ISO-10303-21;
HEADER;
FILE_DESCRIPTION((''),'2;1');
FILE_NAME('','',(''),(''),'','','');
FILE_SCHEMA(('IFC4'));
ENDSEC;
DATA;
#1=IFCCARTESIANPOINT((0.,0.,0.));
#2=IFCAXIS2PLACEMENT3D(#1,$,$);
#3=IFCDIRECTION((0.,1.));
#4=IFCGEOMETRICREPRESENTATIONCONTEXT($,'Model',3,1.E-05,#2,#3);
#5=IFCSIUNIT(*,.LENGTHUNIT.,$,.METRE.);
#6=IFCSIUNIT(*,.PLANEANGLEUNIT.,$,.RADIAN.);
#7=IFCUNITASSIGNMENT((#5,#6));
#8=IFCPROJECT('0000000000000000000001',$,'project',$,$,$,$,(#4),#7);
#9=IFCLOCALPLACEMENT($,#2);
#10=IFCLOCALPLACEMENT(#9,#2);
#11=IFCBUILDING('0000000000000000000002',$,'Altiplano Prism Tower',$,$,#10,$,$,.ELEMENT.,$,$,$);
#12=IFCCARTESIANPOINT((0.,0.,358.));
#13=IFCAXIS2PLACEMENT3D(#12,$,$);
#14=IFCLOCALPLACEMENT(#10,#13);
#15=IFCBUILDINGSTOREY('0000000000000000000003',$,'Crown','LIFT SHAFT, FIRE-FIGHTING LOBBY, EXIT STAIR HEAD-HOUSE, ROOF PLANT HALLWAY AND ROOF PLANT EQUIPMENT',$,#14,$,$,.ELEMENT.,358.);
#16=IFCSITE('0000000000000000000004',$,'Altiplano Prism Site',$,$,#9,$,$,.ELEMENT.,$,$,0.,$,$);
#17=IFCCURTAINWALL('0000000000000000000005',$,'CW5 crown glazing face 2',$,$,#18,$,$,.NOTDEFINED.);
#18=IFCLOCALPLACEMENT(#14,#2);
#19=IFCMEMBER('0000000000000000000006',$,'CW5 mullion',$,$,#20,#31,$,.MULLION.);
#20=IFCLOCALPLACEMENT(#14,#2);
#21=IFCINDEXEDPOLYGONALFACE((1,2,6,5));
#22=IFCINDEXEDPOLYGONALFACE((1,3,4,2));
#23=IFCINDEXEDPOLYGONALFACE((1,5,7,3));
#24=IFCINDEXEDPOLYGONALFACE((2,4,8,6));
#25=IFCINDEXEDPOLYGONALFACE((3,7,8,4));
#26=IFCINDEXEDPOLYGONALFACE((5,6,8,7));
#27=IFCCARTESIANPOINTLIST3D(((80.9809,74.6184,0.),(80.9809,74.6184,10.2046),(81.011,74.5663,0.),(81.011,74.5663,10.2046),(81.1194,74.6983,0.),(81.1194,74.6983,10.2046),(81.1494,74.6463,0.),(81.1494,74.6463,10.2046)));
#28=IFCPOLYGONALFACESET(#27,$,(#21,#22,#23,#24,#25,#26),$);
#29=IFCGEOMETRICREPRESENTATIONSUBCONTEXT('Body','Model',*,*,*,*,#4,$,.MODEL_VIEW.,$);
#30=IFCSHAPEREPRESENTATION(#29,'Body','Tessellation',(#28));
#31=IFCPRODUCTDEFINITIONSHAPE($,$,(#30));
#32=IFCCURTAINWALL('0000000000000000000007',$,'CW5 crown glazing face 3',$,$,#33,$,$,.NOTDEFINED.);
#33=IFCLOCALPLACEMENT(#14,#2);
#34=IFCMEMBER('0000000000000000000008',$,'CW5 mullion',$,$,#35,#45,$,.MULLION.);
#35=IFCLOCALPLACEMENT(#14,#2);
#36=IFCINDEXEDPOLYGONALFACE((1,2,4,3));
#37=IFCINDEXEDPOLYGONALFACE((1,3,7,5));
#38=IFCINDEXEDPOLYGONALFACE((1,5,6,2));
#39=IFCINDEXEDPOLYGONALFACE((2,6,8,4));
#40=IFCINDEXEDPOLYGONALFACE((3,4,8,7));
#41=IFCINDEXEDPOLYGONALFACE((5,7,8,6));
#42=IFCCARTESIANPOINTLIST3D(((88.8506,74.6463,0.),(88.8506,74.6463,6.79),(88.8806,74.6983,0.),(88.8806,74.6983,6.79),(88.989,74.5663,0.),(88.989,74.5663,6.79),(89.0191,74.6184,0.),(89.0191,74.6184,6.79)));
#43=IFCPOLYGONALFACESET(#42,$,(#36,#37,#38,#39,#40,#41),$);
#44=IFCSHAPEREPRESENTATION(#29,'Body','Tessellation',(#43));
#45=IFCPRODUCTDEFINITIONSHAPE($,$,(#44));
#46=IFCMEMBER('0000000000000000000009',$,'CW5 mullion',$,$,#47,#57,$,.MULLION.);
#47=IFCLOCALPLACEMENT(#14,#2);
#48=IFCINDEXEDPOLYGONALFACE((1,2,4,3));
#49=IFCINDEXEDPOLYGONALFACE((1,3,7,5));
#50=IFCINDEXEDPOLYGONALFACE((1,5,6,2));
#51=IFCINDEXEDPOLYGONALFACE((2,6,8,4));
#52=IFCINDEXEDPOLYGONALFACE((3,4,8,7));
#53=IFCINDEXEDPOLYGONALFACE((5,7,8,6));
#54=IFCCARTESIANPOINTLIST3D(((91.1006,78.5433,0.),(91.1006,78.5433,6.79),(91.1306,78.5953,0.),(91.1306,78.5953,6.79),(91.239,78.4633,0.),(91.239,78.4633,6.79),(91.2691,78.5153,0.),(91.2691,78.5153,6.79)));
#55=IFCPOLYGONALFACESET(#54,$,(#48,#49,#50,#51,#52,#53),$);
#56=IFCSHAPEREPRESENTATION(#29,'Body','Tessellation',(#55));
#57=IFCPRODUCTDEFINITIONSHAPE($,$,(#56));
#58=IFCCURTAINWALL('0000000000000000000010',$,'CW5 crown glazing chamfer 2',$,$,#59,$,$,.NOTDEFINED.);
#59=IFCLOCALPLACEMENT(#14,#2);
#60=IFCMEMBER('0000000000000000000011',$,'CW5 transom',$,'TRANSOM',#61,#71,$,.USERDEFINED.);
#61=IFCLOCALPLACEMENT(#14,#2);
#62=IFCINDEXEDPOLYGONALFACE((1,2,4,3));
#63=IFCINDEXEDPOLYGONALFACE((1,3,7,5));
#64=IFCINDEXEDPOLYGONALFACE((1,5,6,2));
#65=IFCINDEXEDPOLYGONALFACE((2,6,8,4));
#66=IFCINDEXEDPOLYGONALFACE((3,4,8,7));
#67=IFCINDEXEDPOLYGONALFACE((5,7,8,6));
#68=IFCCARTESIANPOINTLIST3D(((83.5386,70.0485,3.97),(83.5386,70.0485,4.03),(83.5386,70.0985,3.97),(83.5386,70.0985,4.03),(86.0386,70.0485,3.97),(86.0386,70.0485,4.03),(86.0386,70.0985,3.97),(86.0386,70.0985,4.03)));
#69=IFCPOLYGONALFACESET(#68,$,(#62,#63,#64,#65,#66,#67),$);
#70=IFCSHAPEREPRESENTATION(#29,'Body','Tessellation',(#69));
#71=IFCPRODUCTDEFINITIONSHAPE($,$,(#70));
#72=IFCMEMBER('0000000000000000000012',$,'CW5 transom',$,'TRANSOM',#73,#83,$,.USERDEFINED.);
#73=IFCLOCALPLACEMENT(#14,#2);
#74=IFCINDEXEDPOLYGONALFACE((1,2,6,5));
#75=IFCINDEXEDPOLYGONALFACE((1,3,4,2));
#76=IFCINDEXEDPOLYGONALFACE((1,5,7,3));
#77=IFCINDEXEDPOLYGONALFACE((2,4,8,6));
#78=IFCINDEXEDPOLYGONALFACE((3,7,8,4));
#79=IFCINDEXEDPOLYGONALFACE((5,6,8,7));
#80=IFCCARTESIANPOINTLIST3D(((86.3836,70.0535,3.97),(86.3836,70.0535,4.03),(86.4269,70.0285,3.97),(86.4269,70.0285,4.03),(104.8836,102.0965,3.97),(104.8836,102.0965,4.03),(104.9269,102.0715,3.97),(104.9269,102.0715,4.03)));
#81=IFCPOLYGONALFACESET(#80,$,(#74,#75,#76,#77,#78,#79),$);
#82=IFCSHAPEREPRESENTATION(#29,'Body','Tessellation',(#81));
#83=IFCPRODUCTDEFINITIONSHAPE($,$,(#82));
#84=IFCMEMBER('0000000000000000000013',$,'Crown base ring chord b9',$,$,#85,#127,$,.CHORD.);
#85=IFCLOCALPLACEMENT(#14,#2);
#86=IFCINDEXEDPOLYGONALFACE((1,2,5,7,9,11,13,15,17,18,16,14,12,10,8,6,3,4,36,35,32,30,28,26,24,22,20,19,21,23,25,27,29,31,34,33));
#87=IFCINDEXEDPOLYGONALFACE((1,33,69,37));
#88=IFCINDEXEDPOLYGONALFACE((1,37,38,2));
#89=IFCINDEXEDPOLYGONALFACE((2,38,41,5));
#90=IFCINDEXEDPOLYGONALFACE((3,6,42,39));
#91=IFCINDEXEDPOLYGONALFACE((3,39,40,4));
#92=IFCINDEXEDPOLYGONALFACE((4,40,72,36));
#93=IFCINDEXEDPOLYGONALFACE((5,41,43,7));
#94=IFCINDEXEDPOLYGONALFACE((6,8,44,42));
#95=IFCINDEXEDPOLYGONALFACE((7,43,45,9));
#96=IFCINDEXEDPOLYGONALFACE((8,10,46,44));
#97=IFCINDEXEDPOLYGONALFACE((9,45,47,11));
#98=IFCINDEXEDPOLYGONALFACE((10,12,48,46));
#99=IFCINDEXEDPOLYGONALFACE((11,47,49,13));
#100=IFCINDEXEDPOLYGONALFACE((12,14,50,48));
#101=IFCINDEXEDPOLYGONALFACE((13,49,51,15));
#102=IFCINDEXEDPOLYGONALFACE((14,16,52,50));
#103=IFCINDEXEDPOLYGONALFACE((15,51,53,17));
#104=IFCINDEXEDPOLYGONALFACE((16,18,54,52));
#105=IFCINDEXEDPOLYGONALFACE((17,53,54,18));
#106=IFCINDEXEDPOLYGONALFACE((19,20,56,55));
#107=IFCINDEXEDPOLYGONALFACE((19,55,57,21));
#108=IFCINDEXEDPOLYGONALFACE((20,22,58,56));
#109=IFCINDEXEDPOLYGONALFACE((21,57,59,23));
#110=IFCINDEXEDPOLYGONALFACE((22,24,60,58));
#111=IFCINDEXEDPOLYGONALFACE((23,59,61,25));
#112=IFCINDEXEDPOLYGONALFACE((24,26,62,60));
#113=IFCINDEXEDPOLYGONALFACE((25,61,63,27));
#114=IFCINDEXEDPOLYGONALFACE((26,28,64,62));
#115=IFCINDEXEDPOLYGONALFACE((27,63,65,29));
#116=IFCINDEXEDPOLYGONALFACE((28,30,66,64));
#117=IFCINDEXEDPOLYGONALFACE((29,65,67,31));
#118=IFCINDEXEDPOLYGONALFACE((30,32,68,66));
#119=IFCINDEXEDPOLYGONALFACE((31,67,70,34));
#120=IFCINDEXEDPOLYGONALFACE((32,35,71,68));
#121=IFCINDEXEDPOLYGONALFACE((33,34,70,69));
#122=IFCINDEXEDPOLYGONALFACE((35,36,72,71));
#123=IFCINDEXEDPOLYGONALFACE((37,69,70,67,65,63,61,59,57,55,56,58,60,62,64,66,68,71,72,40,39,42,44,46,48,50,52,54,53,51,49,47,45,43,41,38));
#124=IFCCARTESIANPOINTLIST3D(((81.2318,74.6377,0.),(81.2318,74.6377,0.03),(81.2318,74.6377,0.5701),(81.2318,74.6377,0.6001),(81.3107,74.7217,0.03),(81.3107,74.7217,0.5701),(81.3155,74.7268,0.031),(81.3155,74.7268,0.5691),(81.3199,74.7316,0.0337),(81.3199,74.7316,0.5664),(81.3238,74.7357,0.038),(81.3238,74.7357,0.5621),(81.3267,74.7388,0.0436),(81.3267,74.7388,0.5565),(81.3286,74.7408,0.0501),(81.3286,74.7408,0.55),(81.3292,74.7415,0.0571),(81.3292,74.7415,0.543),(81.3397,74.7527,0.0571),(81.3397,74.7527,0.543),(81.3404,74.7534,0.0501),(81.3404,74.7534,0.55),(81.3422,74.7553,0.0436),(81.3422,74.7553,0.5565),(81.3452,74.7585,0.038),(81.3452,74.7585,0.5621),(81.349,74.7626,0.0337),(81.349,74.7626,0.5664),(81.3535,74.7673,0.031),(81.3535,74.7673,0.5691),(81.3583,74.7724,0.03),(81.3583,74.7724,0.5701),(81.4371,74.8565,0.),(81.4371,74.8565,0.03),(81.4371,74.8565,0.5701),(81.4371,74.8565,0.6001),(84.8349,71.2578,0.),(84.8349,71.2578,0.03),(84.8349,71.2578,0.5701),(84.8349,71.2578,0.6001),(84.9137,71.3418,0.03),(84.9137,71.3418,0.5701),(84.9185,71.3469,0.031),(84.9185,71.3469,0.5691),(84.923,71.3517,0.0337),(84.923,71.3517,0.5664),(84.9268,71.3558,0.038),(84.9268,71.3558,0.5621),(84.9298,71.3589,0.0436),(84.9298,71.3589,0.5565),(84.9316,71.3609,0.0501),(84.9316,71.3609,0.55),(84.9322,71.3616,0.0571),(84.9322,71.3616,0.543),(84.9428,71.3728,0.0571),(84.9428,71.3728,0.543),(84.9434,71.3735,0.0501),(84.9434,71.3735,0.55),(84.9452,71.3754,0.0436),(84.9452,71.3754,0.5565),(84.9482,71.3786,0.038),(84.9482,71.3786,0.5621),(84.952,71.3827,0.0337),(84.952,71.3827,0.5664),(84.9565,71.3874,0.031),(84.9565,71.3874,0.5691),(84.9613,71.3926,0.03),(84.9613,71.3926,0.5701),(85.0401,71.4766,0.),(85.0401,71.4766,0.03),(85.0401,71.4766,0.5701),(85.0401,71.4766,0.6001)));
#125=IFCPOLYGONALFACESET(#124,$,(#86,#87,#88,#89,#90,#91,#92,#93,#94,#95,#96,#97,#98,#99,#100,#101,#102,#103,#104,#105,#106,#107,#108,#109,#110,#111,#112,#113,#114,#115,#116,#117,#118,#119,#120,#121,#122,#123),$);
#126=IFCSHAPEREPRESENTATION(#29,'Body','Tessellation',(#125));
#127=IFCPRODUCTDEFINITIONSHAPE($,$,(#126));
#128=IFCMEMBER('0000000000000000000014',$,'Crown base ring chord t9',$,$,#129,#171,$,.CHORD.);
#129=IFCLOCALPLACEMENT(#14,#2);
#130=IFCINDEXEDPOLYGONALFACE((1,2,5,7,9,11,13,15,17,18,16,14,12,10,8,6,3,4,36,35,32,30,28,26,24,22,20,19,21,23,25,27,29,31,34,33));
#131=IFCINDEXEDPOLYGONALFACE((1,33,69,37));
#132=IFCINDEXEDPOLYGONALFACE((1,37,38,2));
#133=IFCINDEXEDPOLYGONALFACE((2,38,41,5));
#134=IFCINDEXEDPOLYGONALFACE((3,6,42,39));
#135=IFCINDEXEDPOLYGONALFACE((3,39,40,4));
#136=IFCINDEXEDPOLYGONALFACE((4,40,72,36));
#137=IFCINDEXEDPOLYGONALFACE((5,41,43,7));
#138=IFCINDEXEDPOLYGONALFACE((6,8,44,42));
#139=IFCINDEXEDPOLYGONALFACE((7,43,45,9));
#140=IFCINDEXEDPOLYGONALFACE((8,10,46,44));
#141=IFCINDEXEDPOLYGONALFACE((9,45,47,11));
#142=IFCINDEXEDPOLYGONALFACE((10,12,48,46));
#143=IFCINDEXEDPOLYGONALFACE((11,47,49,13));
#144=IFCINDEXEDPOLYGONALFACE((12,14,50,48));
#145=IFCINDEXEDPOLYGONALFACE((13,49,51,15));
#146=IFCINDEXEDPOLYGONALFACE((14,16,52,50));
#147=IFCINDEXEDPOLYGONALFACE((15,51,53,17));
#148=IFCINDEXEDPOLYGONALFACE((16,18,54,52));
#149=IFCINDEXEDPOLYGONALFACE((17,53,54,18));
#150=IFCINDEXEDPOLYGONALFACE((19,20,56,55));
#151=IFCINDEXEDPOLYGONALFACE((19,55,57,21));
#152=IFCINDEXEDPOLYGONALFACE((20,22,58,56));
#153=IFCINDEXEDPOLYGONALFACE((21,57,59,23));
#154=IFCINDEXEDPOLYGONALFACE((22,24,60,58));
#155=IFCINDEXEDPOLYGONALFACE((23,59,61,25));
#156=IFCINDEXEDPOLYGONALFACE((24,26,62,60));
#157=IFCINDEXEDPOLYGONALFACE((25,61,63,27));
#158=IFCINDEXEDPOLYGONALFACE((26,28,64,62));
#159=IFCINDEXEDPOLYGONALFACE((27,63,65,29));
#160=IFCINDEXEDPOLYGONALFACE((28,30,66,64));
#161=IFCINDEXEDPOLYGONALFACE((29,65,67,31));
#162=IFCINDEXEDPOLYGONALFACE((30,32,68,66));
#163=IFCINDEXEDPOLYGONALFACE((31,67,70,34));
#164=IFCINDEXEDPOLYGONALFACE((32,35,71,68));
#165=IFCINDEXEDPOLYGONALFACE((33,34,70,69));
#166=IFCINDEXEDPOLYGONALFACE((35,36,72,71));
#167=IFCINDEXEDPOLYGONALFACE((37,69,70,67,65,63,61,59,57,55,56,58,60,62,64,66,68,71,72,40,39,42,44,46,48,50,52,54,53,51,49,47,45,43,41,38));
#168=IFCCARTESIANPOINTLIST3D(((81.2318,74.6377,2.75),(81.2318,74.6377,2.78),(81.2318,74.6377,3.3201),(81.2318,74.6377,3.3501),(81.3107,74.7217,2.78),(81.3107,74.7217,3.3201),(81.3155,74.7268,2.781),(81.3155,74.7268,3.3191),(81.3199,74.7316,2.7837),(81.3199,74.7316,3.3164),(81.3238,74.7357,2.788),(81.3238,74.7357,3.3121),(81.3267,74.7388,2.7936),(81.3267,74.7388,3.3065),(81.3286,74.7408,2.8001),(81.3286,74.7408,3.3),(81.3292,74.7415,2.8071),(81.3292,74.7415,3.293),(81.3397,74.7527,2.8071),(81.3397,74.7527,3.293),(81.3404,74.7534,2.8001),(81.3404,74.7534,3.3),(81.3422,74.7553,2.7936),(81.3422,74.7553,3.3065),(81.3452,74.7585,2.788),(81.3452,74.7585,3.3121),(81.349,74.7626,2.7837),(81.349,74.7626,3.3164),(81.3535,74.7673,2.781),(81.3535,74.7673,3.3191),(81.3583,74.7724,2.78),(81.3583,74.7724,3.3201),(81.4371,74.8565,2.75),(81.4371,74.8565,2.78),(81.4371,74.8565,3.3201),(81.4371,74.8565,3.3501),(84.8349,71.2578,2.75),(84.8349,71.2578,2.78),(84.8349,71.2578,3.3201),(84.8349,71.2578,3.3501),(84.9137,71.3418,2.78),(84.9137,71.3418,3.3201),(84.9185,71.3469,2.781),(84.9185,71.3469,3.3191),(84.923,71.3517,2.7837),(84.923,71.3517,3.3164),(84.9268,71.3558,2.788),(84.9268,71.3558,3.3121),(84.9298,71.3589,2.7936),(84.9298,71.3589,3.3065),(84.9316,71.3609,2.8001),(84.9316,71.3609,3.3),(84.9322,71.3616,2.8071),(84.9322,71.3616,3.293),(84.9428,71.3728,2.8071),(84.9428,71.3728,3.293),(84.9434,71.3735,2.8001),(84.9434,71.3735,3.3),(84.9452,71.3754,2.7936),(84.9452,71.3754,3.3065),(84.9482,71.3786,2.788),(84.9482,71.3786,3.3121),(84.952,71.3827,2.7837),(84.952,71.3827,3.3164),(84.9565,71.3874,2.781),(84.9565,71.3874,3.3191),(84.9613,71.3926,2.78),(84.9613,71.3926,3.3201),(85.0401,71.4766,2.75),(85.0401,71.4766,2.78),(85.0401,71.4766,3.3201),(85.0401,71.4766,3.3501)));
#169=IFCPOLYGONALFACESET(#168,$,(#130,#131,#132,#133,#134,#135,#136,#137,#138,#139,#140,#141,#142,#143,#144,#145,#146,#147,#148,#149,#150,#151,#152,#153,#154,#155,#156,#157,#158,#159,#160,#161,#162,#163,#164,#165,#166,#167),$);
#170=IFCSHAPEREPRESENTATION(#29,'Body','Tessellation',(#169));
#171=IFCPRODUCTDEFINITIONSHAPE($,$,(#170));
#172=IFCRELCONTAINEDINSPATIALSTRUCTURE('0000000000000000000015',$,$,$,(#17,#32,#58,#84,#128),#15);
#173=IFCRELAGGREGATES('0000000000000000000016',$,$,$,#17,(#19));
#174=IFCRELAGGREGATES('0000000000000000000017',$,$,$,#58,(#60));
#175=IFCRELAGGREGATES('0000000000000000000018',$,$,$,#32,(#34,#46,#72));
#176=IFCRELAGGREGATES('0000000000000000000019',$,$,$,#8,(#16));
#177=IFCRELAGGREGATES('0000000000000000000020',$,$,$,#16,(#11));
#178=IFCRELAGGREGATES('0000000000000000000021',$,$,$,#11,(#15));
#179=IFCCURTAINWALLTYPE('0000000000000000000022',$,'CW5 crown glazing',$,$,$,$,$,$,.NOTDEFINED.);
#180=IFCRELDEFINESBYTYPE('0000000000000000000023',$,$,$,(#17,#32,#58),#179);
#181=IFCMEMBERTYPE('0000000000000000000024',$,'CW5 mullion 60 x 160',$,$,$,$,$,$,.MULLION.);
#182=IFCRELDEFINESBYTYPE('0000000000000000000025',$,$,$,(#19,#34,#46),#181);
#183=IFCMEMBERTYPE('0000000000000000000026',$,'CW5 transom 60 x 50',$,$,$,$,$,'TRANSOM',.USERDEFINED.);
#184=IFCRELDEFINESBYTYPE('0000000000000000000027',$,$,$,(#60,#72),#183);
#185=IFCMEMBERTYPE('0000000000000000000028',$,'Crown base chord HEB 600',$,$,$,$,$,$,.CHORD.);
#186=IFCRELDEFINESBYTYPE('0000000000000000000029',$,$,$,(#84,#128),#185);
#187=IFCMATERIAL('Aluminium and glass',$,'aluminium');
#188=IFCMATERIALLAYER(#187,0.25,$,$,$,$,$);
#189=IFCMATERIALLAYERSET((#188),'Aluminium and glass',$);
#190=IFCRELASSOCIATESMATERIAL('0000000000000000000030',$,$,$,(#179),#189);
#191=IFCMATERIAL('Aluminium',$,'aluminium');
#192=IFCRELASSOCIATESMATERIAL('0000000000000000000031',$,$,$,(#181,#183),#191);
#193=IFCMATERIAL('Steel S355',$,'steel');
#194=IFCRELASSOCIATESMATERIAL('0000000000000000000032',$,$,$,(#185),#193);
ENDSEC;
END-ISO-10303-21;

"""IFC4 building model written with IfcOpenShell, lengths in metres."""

from ifc_helpers import new_model, si_unit, direction, frame, origin, origin_2d, place, context, subcontext, project, spatial, rectangle, i_section, extrude, material, layer, layer_set, material_profile, profile_set, type_object, element, aggregate, save


model = new_model("IFC4")

# Units and contexts
model_context = context("Model", 3, precision=1e-05, world=origin(), true_north=direction((0.0, 1.0)))
body_context = subcontext(model_context, "Body", "Model", "MODEL_VIEW")
ifc_project = project(units=[si_unit("LENGTHUNIT", "METRE"), si_unit("PLANEANGLEUNIT", "RADIAN")], contexts=[model_context])

# Site, building, storey
site_placement = place(None, origin())
site = spatial("IfcSite", under=ifc_project, at=site_placement, Name="Altiplano Prism Site", CompositionType="ELEMENT", RefElevation=0.0)
building_placement = place(site_placement, origin())
building = spatial("IfcBuilding", under=site, at=building_placement, Name="Altiplano Prism Tower", CompositionType="ELEMENT")
storey_placement = place(building_placement, frame((0.0, 0.0, 358.0)))
storey = spatial("IfcBuildingStorey", under=building, at=storey_placement, Name="Crown", Description="LIFT SHAFT, FIRE-FIGHTING LOBBY, EXIT STAIR HEAD-HOUSE, ROOF PLANT HALLWAY AND ROOF PLANT EQUIPMENT", CompositionType="ELEMENT", Elevation=358.0)

# Curtain wall, member
ifc_material_1 = material(Name="Aluminium and glass", Category="aluminium")
ifc_layer_1 = layer(ifc_material_1, 0.25)
ifc_layer_set_1 = layer_set([ifc_layer_1], Name="Aluminium and glass")
curtain_wall_type = type_object("IfcCurtainWallType", Name="CW5 crown glazing", PredefinedType="NOTDEFINED", material=ifc_layer_set_1)
curtain_wall_1_placement = place(storey_placement, origin())
curtain_wall_1 = element("IfcCurtainWall", 1, at=curtain_wall_1_placement, inside=storey, type_object=curtain_wall_type, Name="CW5 crown glazing face 2", PredefinedType="NOTDEFINED")
ifc_material_2 = material(Name="Aluminium", Category="aluminium")
ifc_material_profile_1 = material_profile(ifc_material_2, rectangle(XDim=0.1599, YDim=0.0601, at=origin_2d()), Name="CW5 mullion 60 x 160")
ifc_profile_set_1 = profile_set([ifc_material_profile_1], Name="Aluminium")
member_type_1 = type_object("IfcMemberType", Name="CW5 mullion 60 x 160", PredefinedType="MULLION", material=ifc_profile_set_1)
member_1_placement = place(storey_placement, frame((81.0652, 74.6323, 0.0), z_axis=(0.0, 0.0, 1.0), x_axis=(0.866025, 0.5, 0.0)))
member_1 = element("IfcMember", 2, at=member_1_placement, type_object=member_type_1, Name="CW5 mullion", PredefinedType="MULLION", context=body_context, shape_type="SweptSolid", body=[
    extrude(rectangle(XDim=0.1599, YDim=0.0601, at=origin_2d()), origin(), (0.0, 0.0, 1.0), 10.2046),
])

# Curtain wall, members
curtain_wall_2_placement = place(storey_placement, origin())
curtain_wall_2 = element("IfcCurtainWall", 3, at=curtain_wall_2_placement, inside=storey, type_object=curtain_wall_type, Name="CW5 crown glazing face 3", PredefinedType="NOTDEFINED")
member_2_placement = place(storey_placement, frame((88.9348, 74.6323, 0.0), z_axis=(0.0, 0.0, 1.0), x_axis=(-0.866025, 0.5, 0.0)))
member_2 = element("IfcMember", 4, at=member_2_placement, type_object=member_type_1, Name="CW5 mullion", PredefinedType="MULLION", context=body_context, shape_type="SweptSolid", body=[
    extrude(rectangle(XDim=0.1599, YDim=0.0601, at=origin_2d()), origin(), (0.0, 0.0, 1.0), 6.79),
])
member_3_placement = place(storey_placement, frame((91.1848, 78.5293, 0.0), z_axis=(0.0, 0.0, 1.0), x_axis=(-0.866025, 0.5, 0.0)))
member_3 = element("IfcMember", 5, at=member_3_placement, type_object=member_type_1, Name="CW5 mullion", PredefinedType="MULLION", context=body_context, shape_type="SweptSolid", body=[
    extrude(rectangle(XDim=0.1599, YDim=0.0601, at=origin_2d()), origin(), (0.0, 0.0, 1.0), 6.79),
])

# Curtain wall, member
curtain_wall_3_placement = place(storey_placement, origin())
curtain_wall_3 = element("IfcCurtainWall", 6, at=curtain_wall_3_placement, inside=storey, type_object=curtain_wall_type, Name="CW5 crown glazing chamfer 2", PredefinedType="NOTDEFINED")
ifc_material_profile_2 = material_profile(ifc_material_2, rectangle(XDim=0.05, YDim=0.0601, at=origin_2d()), Name="CW5 transom 60 x 50")
ifc_profile_set_2 = profile_set([ifc_material_profile_2], Name="Aluminium")
member_type_2 = type_object("IfcMemberType", Name="CW5 transom 60 x 50", ElementType="TRANSOM", PredefinedType="USERDEFINED", material=ifc_profile_set_2)
member_4_placement = place(storey_placement, frame((83.5386, 70.0735, 4.0), z_axis=(1.0, 0.0, 0.0), x_axis=(0.0, 1.0, 0.0)))
member_4 = element("IfcMember", 7, at=member_4_placement, type_object=member_type_2, Name="CW5 transom", ObjectType="TRANSOM", PredefinedType="USERDEFINED", context=body_context, shape_type="SweptSolid", body=[
    extrude(rectangle(XDim=0.05, YDim=0.0601, at=origin_2d()), origin(), (0.0, 0.0, 1.0), 2.5),
])

# Member
member_5_placement = place(storey_placement, frame((86.4053, 70.041, 4.0), z_axis=(0.5, 0.866026, 0.0), x_axis=(-0.866026, 0.5, 0.0)))
member_5 = element("IfcMember", 8, at=member_5_placement, type_object=member_type_2, Name="CW5 transom", ObjectType="TRANSOM", PredefinedType="USERDEFINED", context=body_context, shape_type="SweptSolid", body=[
    extrude(rectangle(XDim=0.05, YDim=0.0601, at=origin_2d()), origin(), (0.0, 0.0, 1.0), 37.0),
])

# Members
ifc_material_3 = material(Name="Steel S355", Category="steel")
ifc_material_profile_3 = material_profile(ifc_material_3, i_section(OverallWidth=0.3, OverallDepth=0.6001, WebThickness=0.0154, FlangeThickness=0.03, FilletRadius=0.0271, at=origin_2d()), Name="Crown base chord HEB 600")
ifc_profile_set_3 = profile_set([ifc_material_profile_3], Name="Steel S355")
member_type_3 = type_object("IfcMemberType", Name="Crown base chord HEB 600", PredefinedType="CHORD", material=ifc_profile_set_3)
for number, where, z_axis, x_axis, name in (
    (9, (81.3345, 74.7471, 0.3), (0.729331, -0.684161, 0.0), (0.684161, 0.729331, 0.0), "Crown base ring chord b9"),
    (10, (81.3345, 74.7471, 3.05), (0.729331, -0.684161, 0.0), (0.684161, 0.729331, 0.0), "Crown base ring chord t9"),
):
    element("IfcMember", number, at=place(storey_placement, frame(where, z_axis=z_axis, x_axis=x_axis)), inside=storey, type_object=member_type_3, Name=name, PredefinedType="CHORD", context=body_context, shape_type="SweptSolid", body=[
        extrude(i_section(OverallWidth=0.3, OverallDepth=0.6001, WebThickness=0.0154, FlangeThickness=0.03, FilletRadius=0.0271, at=origin_2d()), origin(), (0.0, 0.0, 1.0), 4.9402),
    ])

aggregate(curtain_wall_1, [member_1])
aggregate(curtain_wall_3, [member_4])
aggregate(curtain_wall_2, [member_2, member_3, member_5])

save(model, "model.ifc")
